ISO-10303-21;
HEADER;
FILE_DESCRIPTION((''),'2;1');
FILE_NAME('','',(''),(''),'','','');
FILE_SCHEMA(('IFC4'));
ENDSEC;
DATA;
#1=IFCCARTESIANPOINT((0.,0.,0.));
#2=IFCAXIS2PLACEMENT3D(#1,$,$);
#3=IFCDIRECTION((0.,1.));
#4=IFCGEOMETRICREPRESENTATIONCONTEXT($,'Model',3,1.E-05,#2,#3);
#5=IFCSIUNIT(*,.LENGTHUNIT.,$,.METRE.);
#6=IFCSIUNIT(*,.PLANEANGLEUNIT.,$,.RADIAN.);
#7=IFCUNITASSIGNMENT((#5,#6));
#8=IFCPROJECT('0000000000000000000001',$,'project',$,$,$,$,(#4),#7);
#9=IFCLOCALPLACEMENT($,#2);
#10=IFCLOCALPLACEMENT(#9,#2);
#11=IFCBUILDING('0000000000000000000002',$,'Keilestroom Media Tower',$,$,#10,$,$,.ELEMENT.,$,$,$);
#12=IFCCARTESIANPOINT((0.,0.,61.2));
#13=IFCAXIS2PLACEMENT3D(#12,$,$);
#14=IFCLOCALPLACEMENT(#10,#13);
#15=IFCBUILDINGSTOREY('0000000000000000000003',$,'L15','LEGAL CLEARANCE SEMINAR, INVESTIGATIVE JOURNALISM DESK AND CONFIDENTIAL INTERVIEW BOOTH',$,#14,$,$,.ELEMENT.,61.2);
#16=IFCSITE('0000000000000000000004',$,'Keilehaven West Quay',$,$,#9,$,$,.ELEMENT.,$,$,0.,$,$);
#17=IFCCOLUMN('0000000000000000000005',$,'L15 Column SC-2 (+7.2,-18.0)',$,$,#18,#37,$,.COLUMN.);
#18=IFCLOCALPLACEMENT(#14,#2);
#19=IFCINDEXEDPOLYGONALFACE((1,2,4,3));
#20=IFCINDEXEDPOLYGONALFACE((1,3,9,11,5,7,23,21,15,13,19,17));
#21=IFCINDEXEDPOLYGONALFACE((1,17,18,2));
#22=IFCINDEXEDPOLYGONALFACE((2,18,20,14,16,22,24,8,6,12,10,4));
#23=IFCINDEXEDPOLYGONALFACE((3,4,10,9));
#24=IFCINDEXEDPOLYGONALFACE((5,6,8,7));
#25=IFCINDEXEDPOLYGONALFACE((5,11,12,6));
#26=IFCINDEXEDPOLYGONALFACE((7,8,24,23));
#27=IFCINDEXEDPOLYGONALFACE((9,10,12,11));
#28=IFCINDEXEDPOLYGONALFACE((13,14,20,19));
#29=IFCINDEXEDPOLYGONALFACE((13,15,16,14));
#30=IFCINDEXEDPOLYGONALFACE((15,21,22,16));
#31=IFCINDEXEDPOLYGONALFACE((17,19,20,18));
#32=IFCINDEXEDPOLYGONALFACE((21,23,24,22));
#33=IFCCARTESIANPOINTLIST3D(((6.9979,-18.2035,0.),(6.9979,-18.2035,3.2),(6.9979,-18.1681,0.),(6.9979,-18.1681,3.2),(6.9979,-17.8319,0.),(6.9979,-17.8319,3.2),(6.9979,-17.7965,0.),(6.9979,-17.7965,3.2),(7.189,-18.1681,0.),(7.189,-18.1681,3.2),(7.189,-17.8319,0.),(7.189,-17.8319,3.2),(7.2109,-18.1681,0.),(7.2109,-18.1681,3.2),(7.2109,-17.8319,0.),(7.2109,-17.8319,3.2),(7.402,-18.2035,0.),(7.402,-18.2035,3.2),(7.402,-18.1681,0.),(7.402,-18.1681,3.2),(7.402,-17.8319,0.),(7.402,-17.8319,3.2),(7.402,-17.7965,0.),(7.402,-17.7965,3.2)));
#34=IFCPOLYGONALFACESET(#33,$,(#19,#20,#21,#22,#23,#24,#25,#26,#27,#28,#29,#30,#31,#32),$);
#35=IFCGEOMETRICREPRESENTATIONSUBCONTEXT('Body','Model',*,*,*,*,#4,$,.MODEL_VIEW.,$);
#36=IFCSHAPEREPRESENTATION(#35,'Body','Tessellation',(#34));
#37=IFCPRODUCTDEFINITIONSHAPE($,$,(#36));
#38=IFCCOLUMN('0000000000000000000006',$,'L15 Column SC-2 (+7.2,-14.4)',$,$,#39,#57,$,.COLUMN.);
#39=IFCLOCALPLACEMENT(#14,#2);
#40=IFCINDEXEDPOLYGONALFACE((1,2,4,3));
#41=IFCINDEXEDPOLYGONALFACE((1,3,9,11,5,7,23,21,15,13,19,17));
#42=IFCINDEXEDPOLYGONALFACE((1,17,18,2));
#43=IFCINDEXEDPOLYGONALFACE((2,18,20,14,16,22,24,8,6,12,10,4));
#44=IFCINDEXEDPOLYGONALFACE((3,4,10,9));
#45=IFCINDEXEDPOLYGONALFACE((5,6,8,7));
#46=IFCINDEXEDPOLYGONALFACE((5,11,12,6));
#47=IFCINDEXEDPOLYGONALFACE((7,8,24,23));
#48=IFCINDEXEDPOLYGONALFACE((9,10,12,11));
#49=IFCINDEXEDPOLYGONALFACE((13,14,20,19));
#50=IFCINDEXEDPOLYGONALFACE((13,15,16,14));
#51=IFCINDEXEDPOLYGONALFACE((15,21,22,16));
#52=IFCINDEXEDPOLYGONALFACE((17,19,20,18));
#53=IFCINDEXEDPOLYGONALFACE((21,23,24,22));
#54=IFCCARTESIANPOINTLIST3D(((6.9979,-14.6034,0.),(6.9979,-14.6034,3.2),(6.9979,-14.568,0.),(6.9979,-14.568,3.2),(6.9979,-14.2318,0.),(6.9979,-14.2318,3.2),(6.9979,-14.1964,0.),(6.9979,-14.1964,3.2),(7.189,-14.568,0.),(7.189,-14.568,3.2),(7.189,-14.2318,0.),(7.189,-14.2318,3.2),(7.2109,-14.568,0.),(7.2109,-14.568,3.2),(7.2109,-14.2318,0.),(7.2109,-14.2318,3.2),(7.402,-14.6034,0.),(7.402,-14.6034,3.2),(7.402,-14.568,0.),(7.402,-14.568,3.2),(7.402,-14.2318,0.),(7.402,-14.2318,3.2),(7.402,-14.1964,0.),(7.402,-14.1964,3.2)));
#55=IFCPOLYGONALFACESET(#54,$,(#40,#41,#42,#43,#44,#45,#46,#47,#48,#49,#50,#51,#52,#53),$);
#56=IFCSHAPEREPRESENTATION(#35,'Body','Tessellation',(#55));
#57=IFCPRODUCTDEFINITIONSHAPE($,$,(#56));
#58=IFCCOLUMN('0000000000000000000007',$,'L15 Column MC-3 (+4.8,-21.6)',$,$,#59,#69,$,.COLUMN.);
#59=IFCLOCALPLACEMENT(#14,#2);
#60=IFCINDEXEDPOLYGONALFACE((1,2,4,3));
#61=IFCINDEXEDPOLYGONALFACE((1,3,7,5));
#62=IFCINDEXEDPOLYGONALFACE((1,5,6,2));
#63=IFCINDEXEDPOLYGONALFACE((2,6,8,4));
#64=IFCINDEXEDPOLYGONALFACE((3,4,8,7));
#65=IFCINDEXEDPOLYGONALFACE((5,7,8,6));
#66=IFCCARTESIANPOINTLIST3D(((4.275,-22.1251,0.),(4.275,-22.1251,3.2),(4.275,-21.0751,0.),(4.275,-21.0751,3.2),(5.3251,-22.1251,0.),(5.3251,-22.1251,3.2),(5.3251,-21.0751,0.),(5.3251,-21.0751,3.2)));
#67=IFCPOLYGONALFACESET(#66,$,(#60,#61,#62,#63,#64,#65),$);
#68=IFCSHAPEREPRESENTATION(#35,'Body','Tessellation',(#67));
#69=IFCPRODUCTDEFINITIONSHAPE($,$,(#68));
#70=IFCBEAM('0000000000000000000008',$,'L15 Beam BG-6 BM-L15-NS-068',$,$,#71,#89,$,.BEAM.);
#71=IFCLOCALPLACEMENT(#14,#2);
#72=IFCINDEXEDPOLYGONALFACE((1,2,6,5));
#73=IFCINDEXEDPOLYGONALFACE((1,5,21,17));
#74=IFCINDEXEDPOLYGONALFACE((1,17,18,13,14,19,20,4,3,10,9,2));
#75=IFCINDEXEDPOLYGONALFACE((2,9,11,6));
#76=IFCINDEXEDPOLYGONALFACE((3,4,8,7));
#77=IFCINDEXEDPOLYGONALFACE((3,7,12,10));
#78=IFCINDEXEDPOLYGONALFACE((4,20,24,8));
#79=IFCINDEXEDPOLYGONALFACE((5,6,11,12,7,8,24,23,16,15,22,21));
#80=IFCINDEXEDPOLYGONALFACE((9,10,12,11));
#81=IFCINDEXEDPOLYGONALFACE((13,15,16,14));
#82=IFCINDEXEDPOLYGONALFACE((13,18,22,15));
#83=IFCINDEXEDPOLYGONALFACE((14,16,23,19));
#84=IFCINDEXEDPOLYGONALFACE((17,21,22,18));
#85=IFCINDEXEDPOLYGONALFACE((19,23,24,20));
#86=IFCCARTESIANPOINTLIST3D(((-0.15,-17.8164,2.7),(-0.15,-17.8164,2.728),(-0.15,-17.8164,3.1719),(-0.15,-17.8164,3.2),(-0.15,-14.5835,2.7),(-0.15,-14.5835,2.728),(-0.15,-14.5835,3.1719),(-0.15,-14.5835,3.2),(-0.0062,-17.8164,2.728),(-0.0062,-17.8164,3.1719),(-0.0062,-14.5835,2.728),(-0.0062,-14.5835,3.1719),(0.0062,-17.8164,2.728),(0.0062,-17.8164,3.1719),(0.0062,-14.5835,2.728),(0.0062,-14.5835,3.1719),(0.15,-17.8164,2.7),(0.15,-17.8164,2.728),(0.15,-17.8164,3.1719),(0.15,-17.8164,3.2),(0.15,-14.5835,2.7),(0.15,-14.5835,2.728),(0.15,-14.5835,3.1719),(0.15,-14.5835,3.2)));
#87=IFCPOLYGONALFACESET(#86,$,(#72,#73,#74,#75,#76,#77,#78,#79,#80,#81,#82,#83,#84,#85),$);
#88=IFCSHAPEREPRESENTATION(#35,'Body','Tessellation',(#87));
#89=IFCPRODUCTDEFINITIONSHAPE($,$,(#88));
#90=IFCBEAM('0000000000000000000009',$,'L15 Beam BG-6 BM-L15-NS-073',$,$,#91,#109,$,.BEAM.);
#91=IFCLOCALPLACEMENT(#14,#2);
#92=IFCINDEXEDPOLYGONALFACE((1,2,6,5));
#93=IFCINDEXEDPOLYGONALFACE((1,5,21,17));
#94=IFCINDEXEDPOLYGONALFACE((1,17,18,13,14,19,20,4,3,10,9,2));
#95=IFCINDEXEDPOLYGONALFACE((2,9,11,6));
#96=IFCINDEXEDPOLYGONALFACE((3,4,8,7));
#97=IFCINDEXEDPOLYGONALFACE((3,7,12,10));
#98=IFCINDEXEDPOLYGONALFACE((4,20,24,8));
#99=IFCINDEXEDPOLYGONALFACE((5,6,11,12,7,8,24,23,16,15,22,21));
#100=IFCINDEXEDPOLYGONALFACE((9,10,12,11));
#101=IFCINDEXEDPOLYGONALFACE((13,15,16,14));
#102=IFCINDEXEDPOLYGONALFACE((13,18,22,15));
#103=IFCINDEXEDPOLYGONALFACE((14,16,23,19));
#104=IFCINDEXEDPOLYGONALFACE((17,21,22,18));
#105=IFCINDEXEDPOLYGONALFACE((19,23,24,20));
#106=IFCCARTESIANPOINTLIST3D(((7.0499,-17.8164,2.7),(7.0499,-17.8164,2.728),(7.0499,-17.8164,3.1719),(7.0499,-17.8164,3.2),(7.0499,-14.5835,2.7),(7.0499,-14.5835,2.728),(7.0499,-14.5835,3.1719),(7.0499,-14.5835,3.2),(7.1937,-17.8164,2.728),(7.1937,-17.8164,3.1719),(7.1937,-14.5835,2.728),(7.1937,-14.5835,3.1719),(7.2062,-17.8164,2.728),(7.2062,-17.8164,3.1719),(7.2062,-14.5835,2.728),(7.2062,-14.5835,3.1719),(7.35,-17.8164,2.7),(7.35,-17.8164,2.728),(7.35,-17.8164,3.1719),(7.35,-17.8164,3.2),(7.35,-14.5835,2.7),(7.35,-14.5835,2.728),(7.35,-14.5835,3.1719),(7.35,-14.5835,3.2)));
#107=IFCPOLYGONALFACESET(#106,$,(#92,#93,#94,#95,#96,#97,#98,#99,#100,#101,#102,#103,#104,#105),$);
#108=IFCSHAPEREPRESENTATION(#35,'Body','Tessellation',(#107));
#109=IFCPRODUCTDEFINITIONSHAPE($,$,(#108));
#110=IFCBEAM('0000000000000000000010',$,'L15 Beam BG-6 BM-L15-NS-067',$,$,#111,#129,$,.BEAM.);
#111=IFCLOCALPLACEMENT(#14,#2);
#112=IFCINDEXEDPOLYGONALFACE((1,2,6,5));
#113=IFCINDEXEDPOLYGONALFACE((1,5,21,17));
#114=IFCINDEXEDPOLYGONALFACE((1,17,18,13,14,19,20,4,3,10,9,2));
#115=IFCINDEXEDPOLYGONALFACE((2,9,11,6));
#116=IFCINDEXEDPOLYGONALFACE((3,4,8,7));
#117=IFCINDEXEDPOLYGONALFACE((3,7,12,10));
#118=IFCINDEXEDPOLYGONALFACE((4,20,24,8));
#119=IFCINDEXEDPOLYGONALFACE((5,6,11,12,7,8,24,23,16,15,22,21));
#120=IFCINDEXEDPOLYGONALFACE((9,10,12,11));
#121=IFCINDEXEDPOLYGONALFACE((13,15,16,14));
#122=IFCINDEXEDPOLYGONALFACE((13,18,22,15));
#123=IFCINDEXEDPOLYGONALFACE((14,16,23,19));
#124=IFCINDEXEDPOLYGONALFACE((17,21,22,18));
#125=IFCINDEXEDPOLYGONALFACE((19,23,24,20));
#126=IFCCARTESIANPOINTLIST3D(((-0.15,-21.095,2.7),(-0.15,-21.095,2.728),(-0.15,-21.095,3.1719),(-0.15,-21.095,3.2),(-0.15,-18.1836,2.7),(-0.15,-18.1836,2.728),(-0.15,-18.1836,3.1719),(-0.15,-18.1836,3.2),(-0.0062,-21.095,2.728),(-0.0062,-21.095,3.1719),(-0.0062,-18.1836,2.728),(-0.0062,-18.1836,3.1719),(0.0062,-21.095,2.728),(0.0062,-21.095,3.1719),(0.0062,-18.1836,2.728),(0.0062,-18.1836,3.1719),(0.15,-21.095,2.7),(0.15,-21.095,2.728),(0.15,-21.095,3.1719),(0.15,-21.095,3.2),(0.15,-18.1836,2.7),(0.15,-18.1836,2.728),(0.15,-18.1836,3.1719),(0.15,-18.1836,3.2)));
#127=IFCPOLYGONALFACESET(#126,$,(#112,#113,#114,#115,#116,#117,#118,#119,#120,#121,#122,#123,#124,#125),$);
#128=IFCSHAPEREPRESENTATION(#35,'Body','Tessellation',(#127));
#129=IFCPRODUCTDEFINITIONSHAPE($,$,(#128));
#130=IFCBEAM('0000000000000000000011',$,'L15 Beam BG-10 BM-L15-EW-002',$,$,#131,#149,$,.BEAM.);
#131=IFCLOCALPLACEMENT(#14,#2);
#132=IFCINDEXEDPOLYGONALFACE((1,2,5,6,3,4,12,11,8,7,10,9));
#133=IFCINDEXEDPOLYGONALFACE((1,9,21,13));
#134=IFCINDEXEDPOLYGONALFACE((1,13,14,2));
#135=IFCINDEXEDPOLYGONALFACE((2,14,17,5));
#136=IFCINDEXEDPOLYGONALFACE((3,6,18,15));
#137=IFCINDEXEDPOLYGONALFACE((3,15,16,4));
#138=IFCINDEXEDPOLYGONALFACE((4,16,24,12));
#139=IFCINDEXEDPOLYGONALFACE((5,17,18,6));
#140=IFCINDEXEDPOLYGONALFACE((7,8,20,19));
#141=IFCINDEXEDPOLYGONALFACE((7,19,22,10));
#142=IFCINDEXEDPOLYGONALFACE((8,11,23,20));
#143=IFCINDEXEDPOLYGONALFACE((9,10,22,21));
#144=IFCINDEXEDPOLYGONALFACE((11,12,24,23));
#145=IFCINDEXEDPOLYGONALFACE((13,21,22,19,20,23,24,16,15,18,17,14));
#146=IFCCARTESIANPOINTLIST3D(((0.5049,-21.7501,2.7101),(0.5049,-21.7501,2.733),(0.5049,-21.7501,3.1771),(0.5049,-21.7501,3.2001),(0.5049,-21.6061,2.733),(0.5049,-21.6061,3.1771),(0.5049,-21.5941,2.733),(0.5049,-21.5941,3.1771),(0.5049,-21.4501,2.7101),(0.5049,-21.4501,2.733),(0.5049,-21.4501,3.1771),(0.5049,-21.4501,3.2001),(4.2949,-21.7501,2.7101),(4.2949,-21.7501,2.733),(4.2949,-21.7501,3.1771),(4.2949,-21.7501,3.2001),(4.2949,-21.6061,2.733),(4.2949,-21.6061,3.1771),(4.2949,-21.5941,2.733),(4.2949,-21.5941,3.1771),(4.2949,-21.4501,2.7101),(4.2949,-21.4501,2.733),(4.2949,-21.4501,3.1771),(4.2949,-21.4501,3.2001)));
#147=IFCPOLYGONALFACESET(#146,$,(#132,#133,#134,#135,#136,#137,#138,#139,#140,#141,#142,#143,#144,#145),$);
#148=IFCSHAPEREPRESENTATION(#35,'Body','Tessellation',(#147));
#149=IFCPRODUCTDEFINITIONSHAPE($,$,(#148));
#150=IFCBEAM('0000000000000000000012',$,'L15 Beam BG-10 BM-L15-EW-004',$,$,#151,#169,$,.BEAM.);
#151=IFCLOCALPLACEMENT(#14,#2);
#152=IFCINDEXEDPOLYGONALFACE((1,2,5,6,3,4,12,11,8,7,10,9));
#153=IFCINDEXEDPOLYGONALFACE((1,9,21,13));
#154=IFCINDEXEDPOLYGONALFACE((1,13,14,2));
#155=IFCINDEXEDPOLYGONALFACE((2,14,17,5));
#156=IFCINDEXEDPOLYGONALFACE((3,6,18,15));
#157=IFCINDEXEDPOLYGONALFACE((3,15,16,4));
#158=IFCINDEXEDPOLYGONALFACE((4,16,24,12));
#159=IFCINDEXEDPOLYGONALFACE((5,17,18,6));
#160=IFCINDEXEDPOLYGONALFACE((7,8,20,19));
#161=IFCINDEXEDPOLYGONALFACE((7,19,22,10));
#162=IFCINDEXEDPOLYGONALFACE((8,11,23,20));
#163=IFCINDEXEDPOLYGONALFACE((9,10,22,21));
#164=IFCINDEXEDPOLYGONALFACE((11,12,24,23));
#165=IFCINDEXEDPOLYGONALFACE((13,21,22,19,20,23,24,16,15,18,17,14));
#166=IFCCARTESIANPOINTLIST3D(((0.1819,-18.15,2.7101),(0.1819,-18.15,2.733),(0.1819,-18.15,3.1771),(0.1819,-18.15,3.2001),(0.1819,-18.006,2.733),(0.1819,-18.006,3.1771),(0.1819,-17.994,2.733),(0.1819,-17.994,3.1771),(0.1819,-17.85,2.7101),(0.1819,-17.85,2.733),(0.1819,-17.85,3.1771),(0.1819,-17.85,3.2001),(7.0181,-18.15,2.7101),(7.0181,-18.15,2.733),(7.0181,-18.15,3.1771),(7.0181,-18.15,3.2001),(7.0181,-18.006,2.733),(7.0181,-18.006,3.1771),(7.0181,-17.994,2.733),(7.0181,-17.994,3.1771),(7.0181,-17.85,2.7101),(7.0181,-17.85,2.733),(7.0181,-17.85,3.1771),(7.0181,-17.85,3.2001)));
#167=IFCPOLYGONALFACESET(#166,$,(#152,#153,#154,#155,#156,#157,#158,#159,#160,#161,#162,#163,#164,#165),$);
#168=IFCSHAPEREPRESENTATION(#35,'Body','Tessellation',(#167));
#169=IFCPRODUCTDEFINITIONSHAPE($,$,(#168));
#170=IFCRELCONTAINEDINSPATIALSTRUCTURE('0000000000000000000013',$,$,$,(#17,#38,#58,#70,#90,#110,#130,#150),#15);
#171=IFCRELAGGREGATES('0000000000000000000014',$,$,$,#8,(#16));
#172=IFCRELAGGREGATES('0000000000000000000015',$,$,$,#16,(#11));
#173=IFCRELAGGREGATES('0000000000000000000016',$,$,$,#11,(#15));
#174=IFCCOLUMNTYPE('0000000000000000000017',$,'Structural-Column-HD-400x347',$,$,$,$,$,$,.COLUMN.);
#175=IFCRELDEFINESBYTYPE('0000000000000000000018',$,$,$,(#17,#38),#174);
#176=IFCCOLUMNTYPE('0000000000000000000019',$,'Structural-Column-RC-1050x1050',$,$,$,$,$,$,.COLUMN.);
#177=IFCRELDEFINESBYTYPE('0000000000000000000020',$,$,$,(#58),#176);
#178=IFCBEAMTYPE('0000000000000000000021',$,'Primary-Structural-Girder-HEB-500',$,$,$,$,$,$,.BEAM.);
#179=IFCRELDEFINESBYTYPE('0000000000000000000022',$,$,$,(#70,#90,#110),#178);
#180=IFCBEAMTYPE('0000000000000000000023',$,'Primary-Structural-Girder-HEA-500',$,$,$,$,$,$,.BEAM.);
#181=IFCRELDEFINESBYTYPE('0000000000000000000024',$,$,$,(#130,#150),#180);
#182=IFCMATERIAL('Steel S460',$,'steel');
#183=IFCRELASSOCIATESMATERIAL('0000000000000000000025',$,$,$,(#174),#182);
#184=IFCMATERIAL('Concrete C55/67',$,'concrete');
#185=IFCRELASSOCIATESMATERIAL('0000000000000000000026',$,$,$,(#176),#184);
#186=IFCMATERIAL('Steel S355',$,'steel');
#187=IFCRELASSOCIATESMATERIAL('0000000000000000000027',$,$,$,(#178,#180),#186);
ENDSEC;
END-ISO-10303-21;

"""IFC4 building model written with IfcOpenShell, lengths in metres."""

from ifc_helpers import new_model, si_unit, direction, frame, origin, origin_2d, place, context, subcontext, project, spatial, rectangle, i_section, extrude, source, transform, mapped, material, material_profile, profile_set, type_object, element, save


model = new_model("IFC4")

# Units and contexts
model_context = context("Model", 3, precision=1e-05, world=origin(), true_north=direction((0.0, 1.0)))
body_context = subcontext(model_context, "Body", "Model", "MODEL_VIEW")
ifc_project = project(units=[si_unit("LENGTHUNIT", "METRE"), si_unit("PLANEANGLEUNIT", "RADIAN")], contexts=[model_context])

# Site, building, storey
site_placement = place(None, origin())
site = spatial("IfcSite", under=ifc_project, at=site_placement, Name="Keilehaven West Quay", CompositionType="ELEMENT", RefElevation=0.0)
building_placement = place(site_placement, origin())
building = spatial("IfcBuilding", under=site, at=building_placement, Name="Keilestroom Media Tower", CompositionType="ELEMENT")
storey_placement = place(building_placement, frame((0.0, 0.0, 61.2)))
storey = spatial("IfcBuildingStorey", under=building, at=storey_placement, Name="L15", Description="LEGAL CLEARANCE SEMINAR, INVESTIGATIVE JOURNALISM DESK AND CONFIDENTIAL INTERVIEW BOOTH", CompositionType="ELEMENT", Elevation=61.2)

# Columns
ifc_material_1 = material(Name="Steel S460", Category="steel")
ifc_material_profile_1 = material_profile(ifc_material_1, i_section(OverallWidth=0.4041, OverallDepth=0.407, WebThickness=0.022, FlangeThickness=0.0354, at=origin_2d()), Name="HD 400x347")
ifc_profile_set_1 = profile_set([ifc_material_profile_1], Name="Steel S460")
column_type_1 = type_object("IfcColumnType", Name="Structural-Column-HD-400x347", PredefinedType="COLUMN", material=ifc_profile_set_1)
shared_shape_1 = source(origin(), body_context, "Body", "SweptSolid", [
    extrude(i_section(OverallWidth=0.4041, OverallDepth=0.407, WebThickness=0.022, FlangeThickness=0.0354, at=origin_2d()), origin(), (0.0, 0.0, 1.0), 3.2),
])
for number, where, z_axis, x_axis, name in (
    (1, (7.2, -18.0, 0.0), (0.0, 0.0, 1.0), (1.0, 0.0, 0.0), "L15 Column SC-2 (+7.2,-18.0)"),
    (2, (7.2, -14.3999, 0.0), (0.0, 0.0, 1.0), (1.0, 0.0, 0.0), "L15 Column SC-2 (+7.2,-14.4)"),
):
    element("IfcColumn", number, at=place(storey_placement, frame(where, z_axis=z_axis, x_axis=x_axis)), inside=storey, type_object=column_type_1, Name=name, PredefinedType="COLUMN", context=body_context, shape_type="MappedRepresentation", body=[
        mapped(shared_shape_1, transform((0.0, 0.0, 0.0), x_axis=(1.0, 0.0, 0.0), y_axis=(0.0, 1.0, 0.0), z_axis=(0.0, 0.0, 1.0), scale=1.0)),
    ])
ifc_material_2 = material(Name="Concrete C55/67", Category="concrete")
ifc_material_profile_2 = material_profile(ifc_material_2, rectangle(XDim=1.05, YDim=1.05, at=origin_2d()), Name="RC 1050x1050")
ifc_profile_set_2 = profile_set([ifc_material_profile_2], Name="Concrete C55/67")
column_type_2 = type_object("IfcColumnType", Name="Structural-Column-RC-1050x1050", PredefinedType="COLUMN", material=ifc_profile_set_2)
shared_shape_2 = source(origin(), body_context, "Body", "SweptSolid", [
    extrude(rectangle(XDim=1.05, YDim=1.05, at=origin_2d()), origin(), (0.0, 0.0, 1.0), 3.2),
])
column_placement = place(storey_placement, frame((4.8, -21.6001, 0.0), z_axis=(0.0, 0.0, 1.0), x_axis=(1.0, 0.0, 0.0)))
element("IfcColumn", 3, at=column_placement, inside=storey, type_object=column_type_2, Name="L15 Column MC-3 (+4.8,-21.6)", PredefinedType="COLUMN", context=body_context, shape_type="MappedRepresentation", body=[
    mapped(shared_shape_2, transform((0.0, 0.0, 0.0), x_axis=(1.0, 0.0, 0.0), y_axis=(0.0, 1.0, 0.0), z_axis=(0.0, 0.0, 1.0), scale=1.0)),
])

# Beams
ifc_material_3 = material(Name="Steel S355", Category="steel")
ifc_material_profile_3 = material_profile(ifc_material_3, i_section(OverallWidth=0.3, OverallDepth=0.5, WebThickness=0.0125, FlangeThickness=0.0281, at=origin_2d()), Name="HEB 500")
ifc_profile_set_3 = profile_set([ifc_material_profile_3], Name="Steel S355")
beam_type_1 = type_object("IfcBeamType", Name="Primary-Structural-Girder-HEB-500", PredefinedType="BEAM", material=ifc_profile_set_3)
shared_shape_3 = source(origin(), body_context, "Body", "SweptSolid", [
    extrude(i_section(OverallWidth=0.3, OverallDepth=0.5, WebThickness=0.0125, FlangeThickness=0.0281, at=origin_2d()), origin(), (0.0, 0.0, 1.0), 3.2329),
])
for number, where, z_axis, x_axis, name in (
    (4, (0.0, -17.8164, 2.95), (0.0, 1.0, 0.0), (-1.0, 0.0, 0.0), "L15 Beam BG-6 BM-L15-NS-068"),
    (5, (7.2, -17.8164, 2.95), (0.0, 1.0, 0.0), (-1.0, 0.0, 0.0), "L15 Beam BG-6 BM-L15-NS-073"),
):
    element("IfcBeam", number, at=place(storey_placement, frame(where, z_axis=z_axis, x_axis=x_axis)), inside=storey, type_object=beam_type_1, Name=name, PredefinedType="BEAM", context=body_context, shape_type="MappedRepresentation", body=[
        mapped(shared_shape_3, transform((0.0, 0.0, 0.0), x_axis=(1.0, 0.0, 0.0), y_axis=(0.0, 1.0, 0.0), z_axis=(0.0, 0.0, 1.0), scale=1.0)),
    ])
shared_shape_4 = source(origin(), body_context, "Body", "SweptSolid", [
    extrude(i_section(OverallWidth=0.3, OverallDepth=0.5, WebThickness=0.0125, FlangeThickness=0.0281, at=origin_2d()), origin(), (0.0, 0.0, 1.0), 2.9114),
])
beam_1_placement = place(storey_placement, frame((0.0, -21.095, 2.95), z_axis=(0.0, 1.0, 0.0), x_axis=(-1.0, 0.0, 0.0)))
element("IfcBeam", 6, at=beam_1_placement, inside=storey, type_object=beam_type_1, Name="L15 Beam BG-6 BM-L15-NS-067", PredefinedType="BEAM", context=body_context, shape_type="MappedRepresentation", body=[
    mapped(shared_shape_4, transform((0.0, 0.0, 0.0), x_axis=(1.0, 0.0, 0.0), y_axis=(0.0, 1.0, 0.0), z_axis=(0.0, 0.0, 1.0), scale=1.0)),
])
ifc_material_profile_4 = material_profile(ifc_material_3, i_section(OverallWidth=0.3, OverallDepth=0.49, WebThickness=0.012, FlangeThickness=0.0229, at=origin_2d()), Name="HEA 500")
ifc_profile_set_4 = profile_set([ifc_material_profile_4], Name="Steel S355")
beam_type_2 = type_object("IfcBeamType", Name="Primary-Structural-Girder-HEA-500", PredefinedType="BEAM", material=ifc_profile_set_4)
shared_shape_5 = source(origin(), body_context, "Body", "SweptSolid", [
    extrude(i_section(OverallWidth=0.3, OverallDepth=0.49, WebThickness=0.012, FlangeThickness=0.0229, at=origin_2d()), origin(), (0.0, 0.0, 1.0), 3.79),
])
beam_2_placement = place(storey_placement, frame((0.5049, -21.6001, 2.9551), z_axis=(1.0, 0.0, 0.0), x_axis=(0.0, 1.0, 0.0)))
element("IfcBeam", 7, at=beam_2_placement, inside=storey, type_object=beam_type_2, Name="L15 Beam BG-10 BM-L15-EW-002", PredefinedType="BEAM", context=body_context, shape_type="MappedRepresentation", body=[
    mapped(shared_shape_5, transform((0.0, 0.0, 0.0), x_axis=(1.0, 0.0, 0.0), y_axis=(0.0, 1.0, 0.0), z_axis=(0.0, 0.0, 1.0), scale=1.0)),
])
shared_shape_6 = source(origin(), body_context, "Body", "SweptSolid", [
    extrude(i_section(OverallWidth=0.3, OverallDepth=0.49, WebThickness=0.012, FlangeThickness=0.0229, at=origin_2d()), origin(), (0.0, 0.0, 1.0), 6.8362),
])
for number, where, z_axis, x_axis, name in (
    (8, (0.1819, -18.0, 2.9551), (1.0, 0.0, 0.0), (0.0, 1.0, 0.0), "L15 Beam BG-10 BM-L15-EW-004"),
):
    element("IfcBeam", number, at=place(storey_placement, frame(where, z_axis=z_axis, x_axis=x_axis)), inside=storey, type_object=beam_type_2, Name=name, PredefinedType="BEAM", context=body_context, shape_type="MappedRepresentation", body=[
        mapped(shared_shape_6, transform((0.0, 0.0, 0.0), x_axis=(1.0, 0.0, 0.0), y_axis=(0.0, 1.0, 0.0), z_axis=(0.0, 0.0, 1.0), scale=1.0)),
    ])

save(model, "model.ifc")
